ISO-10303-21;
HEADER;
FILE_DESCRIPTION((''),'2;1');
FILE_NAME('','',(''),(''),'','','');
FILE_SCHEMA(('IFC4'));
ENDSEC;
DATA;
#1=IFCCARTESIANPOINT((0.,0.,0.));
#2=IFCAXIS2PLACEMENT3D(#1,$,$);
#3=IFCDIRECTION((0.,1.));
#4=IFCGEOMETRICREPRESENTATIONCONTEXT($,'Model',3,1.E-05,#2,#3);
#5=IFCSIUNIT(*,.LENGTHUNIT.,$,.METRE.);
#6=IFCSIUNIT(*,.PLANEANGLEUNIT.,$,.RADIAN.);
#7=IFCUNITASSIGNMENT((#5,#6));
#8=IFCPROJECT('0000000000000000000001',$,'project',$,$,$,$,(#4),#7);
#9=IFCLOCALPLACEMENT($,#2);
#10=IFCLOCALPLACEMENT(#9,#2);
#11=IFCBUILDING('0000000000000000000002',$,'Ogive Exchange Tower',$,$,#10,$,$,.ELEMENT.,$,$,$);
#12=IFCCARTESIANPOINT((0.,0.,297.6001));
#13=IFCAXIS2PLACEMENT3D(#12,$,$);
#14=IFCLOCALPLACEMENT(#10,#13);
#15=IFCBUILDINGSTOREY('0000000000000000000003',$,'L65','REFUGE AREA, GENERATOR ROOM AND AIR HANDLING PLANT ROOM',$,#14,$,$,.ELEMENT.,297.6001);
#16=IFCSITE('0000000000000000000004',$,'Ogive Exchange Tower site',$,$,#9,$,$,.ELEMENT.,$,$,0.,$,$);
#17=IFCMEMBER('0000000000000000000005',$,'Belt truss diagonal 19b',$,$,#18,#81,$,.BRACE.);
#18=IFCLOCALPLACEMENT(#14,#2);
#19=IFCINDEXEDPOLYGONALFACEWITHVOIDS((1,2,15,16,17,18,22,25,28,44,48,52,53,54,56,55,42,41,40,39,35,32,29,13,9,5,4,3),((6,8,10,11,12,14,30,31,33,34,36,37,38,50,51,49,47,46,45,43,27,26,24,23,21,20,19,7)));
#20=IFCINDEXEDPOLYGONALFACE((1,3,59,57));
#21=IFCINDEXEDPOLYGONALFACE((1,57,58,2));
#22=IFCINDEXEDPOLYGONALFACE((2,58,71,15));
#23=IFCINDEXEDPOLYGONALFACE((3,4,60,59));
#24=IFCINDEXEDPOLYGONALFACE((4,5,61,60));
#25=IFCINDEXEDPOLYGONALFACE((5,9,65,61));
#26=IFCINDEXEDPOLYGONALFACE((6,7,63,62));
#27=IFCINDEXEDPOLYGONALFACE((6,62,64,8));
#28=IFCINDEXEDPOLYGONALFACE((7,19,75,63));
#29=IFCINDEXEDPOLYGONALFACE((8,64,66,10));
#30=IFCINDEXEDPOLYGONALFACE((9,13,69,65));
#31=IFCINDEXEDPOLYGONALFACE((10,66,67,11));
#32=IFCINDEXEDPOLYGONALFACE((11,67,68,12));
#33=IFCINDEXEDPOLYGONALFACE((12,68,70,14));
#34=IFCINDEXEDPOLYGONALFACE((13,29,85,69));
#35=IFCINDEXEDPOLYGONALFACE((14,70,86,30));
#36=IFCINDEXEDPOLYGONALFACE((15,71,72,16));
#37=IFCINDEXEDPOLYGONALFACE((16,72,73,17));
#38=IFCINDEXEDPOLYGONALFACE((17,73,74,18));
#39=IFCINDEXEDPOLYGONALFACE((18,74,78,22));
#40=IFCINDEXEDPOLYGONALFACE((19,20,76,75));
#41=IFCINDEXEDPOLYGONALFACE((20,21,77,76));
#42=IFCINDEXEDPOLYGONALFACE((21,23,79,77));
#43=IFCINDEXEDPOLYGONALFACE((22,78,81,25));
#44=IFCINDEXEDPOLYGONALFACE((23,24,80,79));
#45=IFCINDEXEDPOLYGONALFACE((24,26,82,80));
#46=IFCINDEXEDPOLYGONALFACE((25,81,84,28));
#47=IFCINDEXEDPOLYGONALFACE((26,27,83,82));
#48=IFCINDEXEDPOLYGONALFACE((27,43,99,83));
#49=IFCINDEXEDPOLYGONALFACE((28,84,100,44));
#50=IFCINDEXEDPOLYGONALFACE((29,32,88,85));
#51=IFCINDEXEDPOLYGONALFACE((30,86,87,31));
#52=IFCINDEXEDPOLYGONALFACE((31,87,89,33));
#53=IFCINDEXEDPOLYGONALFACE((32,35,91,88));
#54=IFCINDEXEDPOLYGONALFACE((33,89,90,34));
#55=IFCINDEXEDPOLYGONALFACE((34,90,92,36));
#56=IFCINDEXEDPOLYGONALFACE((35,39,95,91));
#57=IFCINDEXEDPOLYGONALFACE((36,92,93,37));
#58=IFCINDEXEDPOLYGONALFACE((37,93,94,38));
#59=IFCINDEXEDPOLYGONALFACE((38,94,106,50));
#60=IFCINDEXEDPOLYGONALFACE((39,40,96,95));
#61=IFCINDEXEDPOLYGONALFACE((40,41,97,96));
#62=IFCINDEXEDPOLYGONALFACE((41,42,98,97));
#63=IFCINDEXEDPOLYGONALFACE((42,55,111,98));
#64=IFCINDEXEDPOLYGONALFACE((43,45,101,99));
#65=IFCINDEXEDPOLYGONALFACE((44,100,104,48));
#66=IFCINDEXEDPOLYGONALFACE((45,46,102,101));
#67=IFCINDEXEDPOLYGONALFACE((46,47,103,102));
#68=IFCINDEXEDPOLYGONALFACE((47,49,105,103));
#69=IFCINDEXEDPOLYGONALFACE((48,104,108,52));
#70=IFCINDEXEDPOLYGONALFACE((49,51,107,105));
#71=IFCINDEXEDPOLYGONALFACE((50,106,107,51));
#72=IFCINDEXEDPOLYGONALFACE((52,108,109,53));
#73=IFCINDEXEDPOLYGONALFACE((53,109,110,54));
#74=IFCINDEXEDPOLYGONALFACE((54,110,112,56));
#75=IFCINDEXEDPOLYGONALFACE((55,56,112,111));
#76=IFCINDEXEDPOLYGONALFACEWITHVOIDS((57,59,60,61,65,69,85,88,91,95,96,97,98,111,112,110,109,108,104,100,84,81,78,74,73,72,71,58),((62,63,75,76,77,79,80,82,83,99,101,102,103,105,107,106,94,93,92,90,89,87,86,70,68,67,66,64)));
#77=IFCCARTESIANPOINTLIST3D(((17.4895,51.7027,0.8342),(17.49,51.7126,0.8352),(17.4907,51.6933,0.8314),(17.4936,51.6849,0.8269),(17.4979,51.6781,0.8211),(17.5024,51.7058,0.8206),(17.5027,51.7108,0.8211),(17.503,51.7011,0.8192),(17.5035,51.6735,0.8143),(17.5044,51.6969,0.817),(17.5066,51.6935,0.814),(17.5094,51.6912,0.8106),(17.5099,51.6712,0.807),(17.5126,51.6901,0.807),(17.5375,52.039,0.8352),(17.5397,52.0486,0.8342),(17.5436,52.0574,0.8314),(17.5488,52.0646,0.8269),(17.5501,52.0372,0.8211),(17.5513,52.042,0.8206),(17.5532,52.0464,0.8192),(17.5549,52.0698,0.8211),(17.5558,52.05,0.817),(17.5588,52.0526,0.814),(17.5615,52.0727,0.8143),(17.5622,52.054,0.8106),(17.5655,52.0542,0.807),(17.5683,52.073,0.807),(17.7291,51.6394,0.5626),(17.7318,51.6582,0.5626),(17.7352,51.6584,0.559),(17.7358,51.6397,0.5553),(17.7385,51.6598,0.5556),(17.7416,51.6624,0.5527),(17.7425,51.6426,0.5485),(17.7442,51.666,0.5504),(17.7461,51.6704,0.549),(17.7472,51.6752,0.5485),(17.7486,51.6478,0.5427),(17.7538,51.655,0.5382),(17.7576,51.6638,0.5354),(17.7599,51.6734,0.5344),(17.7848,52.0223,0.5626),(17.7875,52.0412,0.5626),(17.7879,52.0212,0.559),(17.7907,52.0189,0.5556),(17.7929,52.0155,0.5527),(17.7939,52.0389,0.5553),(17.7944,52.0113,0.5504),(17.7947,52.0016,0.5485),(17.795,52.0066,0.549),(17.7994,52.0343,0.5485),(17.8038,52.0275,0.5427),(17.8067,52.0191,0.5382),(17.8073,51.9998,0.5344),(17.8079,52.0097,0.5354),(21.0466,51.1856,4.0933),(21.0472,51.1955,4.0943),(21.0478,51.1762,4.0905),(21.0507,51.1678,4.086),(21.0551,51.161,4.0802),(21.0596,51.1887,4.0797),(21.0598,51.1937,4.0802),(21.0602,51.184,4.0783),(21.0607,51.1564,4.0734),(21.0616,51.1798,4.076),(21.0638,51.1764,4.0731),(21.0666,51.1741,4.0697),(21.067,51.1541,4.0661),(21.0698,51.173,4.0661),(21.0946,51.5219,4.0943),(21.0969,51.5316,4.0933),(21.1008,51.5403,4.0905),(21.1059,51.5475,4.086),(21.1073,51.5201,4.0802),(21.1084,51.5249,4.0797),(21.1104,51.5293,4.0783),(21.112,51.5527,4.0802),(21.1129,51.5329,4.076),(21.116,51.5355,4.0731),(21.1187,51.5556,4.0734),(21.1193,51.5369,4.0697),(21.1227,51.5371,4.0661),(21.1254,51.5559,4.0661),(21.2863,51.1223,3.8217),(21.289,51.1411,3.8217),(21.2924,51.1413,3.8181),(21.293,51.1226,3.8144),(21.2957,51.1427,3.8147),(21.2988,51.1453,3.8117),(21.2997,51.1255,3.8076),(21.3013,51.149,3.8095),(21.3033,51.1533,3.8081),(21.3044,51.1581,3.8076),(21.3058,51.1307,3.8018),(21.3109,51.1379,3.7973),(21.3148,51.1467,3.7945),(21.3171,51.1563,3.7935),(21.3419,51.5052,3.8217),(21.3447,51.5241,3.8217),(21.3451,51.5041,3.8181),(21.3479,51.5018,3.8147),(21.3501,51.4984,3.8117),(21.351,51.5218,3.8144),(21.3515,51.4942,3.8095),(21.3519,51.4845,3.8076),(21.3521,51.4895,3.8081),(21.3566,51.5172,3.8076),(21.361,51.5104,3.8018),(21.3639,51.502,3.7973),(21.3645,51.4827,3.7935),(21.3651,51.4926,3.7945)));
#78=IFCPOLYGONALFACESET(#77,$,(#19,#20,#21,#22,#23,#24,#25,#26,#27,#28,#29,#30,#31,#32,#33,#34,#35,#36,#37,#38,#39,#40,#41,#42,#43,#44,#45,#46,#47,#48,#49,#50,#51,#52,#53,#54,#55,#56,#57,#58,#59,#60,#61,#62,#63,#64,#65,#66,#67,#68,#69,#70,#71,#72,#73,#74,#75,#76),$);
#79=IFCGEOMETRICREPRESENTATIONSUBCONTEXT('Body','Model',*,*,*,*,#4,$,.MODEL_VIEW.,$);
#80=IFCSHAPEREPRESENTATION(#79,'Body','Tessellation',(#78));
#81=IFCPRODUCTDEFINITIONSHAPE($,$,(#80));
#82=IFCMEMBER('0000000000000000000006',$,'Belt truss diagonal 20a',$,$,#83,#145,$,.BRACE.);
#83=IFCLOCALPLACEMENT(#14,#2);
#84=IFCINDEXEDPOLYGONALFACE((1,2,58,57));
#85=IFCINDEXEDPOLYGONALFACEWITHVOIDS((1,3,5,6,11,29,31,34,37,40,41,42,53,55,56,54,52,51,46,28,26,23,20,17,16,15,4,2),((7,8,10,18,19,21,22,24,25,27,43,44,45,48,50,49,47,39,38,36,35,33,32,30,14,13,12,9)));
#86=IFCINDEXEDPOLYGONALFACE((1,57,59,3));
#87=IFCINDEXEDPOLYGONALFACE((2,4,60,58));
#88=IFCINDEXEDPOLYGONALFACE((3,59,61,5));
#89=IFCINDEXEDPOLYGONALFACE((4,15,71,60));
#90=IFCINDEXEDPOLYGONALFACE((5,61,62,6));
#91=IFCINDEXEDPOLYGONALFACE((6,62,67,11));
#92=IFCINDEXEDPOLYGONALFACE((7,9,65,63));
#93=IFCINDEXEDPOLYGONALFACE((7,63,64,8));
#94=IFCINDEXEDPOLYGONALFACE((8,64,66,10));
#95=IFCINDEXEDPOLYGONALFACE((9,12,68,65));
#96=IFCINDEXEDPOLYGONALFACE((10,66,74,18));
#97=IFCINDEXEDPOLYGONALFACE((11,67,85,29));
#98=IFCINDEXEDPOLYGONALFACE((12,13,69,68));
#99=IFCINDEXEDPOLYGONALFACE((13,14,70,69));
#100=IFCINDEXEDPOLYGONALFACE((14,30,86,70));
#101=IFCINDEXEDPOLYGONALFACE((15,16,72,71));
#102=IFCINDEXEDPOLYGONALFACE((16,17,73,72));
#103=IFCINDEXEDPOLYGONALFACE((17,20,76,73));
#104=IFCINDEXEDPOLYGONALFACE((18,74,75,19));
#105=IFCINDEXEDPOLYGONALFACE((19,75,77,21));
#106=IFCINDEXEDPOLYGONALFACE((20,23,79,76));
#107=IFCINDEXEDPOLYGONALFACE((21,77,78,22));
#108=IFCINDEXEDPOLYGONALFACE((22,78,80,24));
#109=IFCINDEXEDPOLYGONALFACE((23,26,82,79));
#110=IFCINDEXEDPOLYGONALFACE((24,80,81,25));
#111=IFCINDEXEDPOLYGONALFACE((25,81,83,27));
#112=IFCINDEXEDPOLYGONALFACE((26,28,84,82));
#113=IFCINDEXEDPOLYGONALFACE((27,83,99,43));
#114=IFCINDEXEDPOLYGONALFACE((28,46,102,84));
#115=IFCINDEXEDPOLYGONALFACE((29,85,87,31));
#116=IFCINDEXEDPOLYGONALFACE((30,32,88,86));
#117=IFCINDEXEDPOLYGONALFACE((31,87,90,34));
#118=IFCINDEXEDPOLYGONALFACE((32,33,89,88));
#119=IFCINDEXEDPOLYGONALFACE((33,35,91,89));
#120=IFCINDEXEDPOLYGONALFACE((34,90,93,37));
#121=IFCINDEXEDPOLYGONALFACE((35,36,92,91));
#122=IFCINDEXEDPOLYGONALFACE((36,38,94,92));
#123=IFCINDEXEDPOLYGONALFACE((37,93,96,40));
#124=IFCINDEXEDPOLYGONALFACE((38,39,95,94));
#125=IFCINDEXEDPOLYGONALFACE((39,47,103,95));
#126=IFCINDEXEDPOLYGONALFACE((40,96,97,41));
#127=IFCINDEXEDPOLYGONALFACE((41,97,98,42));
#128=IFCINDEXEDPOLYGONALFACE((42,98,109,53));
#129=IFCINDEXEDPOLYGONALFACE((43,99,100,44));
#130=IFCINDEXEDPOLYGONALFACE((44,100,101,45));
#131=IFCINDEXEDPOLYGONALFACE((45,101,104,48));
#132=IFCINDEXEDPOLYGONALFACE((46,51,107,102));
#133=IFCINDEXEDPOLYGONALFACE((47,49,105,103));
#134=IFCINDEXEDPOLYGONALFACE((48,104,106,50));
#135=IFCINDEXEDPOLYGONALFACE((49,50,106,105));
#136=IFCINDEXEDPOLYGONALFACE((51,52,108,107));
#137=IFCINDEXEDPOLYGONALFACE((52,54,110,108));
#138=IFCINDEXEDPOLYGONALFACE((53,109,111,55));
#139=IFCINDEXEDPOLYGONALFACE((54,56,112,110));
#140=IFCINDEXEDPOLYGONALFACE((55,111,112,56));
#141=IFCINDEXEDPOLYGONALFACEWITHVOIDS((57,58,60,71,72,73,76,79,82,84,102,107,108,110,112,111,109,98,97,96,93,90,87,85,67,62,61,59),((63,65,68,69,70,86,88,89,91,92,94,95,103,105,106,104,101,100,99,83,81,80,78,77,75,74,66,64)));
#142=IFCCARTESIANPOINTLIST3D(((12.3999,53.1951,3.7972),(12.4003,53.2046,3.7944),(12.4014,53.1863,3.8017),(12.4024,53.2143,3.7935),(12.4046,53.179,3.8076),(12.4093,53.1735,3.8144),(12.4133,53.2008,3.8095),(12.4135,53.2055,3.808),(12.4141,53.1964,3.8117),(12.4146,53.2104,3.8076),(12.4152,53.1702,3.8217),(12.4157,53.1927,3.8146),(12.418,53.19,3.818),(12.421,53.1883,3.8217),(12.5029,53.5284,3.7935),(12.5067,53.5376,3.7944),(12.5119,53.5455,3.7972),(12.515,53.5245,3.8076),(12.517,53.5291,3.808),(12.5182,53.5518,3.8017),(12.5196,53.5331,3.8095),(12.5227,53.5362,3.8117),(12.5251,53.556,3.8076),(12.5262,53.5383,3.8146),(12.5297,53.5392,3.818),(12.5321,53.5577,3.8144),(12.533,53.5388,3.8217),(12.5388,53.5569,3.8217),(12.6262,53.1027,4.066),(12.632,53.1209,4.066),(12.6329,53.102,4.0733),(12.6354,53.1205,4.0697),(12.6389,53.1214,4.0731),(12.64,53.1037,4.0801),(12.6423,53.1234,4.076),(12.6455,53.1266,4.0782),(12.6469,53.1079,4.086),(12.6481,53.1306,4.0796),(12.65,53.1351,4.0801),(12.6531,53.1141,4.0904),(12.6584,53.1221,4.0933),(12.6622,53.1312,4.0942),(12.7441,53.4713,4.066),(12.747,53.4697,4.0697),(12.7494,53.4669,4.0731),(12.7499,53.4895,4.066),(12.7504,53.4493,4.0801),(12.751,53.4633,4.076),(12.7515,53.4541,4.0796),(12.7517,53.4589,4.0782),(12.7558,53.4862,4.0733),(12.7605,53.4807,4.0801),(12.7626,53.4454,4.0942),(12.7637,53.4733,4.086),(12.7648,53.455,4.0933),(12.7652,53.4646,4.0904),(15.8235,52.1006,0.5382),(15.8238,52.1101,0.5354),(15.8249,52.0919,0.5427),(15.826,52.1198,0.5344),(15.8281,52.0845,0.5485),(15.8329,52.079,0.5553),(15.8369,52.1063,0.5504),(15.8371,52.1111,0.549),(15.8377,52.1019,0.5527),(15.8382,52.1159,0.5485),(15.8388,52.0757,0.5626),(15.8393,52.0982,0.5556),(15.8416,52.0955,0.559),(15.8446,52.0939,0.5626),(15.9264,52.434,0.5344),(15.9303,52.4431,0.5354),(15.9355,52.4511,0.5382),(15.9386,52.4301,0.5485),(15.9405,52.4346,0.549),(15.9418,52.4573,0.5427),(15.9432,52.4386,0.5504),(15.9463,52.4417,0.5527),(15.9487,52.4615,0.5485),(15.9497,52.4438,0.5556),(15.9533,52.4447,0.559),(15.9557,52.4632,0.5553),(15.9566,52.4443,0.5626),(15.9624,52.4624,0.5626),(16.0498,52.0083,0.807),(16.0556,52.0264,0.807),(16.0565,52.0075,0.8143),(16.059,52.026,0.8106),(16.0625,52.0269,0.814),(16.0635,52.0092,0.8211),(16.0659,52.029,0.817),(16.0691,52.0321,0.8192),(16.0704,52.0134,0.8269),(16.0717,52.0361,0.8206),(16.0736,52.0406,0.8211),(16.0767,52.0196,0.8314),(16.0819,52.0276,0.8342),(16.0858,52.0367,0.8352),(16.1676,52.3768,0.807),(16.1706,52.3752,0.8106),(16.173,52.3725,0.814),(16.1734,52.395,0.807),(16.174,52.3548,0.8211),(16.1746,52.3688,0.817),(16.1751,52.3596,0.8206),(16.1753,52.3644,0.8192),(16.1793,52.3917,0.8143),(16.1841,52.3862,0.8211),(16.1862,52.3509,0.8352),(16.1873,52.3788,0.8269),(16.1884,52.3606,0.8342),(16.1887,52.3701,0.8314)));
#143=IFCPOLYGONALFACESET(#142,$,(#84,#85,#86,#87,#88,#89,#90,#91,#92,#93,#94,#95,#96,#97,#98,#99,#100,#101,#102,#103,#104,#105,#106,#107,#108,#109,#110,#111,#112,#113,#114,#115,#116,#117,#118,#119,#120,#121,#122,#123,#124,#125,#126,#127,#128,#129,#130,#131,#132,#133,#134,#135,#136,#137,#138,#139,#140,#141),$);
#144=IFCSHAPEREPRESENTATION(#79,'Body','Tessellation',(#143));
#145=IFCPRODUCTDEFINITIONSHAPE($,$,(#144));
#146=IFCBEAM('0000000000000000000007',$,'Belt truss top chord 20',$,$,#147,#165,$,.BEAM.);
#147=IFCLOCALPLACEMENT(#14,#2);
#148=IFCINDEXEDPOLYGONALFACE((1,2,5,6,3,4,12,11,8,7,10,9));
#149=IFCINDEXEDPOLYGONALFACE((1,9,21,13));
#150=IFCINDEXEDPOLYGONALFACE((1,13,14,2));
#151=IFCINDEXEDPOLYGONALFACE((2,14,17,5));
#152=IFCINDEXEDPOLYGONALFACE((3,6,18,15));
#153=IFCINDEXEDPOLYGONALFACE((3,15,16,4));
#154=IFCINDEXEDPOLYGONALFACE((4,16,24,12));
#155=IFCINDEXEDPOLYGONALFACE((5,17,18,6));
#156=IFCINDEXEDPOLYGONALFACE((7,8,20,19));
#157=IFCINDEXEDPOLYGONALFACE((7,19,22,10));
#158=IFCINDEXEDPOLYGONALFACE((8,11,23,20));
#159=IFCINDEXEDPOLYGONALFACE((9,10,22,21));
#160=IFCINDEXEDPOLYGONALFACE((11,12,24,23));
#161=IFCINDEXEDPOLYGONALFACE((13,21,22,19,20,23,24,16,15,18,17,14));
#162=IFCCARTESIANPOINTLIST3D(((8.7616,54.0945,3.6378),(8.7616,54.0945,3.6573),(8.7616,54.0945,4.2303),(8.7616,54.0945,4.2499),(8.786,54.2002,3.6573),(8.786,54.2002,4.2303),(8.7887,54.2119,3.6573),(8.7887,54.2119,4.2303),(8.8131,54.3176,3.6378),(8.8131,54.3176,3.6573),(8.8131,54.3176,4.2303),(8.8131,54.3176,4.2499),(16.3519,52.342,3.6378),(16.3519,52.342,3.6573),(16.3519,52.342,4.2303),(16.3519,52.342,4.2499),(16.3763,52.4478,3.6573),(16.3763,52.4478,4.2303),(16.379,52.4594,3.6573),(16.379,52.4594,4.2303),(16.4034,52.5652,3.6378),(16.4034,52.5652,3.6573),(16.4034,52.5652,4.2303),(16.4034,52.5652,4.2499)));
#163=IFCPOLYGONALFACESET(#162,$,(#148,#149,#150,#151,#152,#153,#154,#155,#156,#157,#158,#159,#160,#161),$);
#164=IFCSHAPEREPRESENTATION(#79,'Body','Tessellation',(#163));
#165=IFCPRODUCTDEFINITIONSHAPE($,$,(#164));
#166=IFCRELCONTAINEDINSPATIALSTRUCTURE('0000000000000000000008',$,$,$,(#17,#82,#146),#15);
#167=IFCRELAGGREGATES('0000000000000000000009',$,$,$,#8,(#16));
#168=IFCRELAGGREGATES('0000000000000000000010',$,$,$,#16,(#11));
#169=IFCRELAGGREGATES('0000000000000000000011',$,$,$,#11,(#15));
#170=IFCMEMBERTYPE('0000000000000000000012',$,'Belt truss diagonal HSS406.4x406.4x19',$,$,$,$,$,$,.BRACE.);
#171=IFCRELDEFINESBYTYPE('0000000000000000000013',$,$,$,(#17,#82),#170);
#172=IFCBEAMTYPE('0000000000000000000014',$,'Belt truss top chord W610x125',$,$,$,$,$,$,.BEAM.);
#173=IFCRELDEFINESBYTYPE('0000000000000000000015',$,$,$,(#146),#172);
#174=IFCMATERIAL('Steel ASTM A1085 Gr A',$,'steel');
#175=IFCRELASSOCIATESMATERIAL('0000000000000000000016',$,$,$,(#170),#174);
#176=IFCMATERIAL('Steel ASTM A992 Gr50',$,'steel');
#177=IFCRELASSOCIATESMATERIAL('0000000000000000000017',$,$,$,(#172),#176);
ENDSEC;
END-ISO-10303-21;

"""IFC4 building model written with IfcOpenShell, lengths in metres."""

from ifc_helpers import new_model, si_unit, direction, frame, origin, origin_2d, place, context, subcontext, project, spatial, hollow_rectangle, i_section, extrude, material, material_profile, profile_set, type_object, element, save


model = new_model("IFC4")

# Units and contexts
model_context = context("Model", 3, precision=1e-05, world=origin(), true_north=direction((0.0, 1.0)))
body_context = subcontext(model_context, "Body", "Model", "MODEL_VIEW")
ifc_project = project(units=[si_unit("LENGTHUNIT", "METRE"), si_unit("PLANEANGLEUNIT", "RADIAN")], contexts=[model_context])

# Site, building, storey
site_placement = place(None, origin())
site = spatial("IfcSite", under=ifc_project, at=site_placement, Name="Ogive Exchange Tower site", CompositionType="ELEMENT", RefElevation=0.0)
building_placement = place(site_placement, origin())
building = spatial("IfcBuilding", under=site, at=building_placement, Name="Ogive Exchange Tower", CompositionType="ELEMENT")
storey_placement = place(building_placement, frame((0.0, 0.0, 297.6001)))
storey = spatial("IfcBuildingStorey", under=building, at=storey_placement, Name="L65", Description="REFUGE AREA, GENERATOR ROOM AND AIR HANDLING PLANT ROOM", CompositionType="ELEMENT", Elevation=297.6001)

# Shared definitions
ifc_material_1 = material(Name="Steel ASTM A992 Gr50", Category="steel")

# Members
ifc_material_2 = material(Name="Steel ASTM A1085 Gr A", Category="steel")
ifc_material_profile_1 = material_profile(ifc_material_2, hollow_rectangle(XDim=0.406, YDim=0.406, WallThickness=0.019, InnerFilletRadius=0.019, OuterFilletRadius=0.0381, at=origin_2d()), Name="HSS406.4x406.4x19")
ifc_profile_set_1 = profile_set([ifc_material_profile_1], Name="Steel ASTM A1085 Gr A")
member_type_1 = type_object("IfcMemberType", Name="Belt truss diagonal HSS406.4x406.4x19", PredefinedType="BRACE", material=ifc_profile_set_1)
member_1_placement = place(storey_placement, frame((17.6487, 51.8562, 0.6848), z_axis=(0.733127, -0.106573, 0.671689), x_axis=(0.143855, 0.989599, 0.0)))
element("IfcMember", 1, at=member_1_placement, inside=storey, type_object=member_type_1, Name="Belt truss diagonal 19b", PredefinedType="BRACE", context=body_context, shape_type="SweptSolid", body=[
    extrude(hollow_rectangle(XDim=0.406, YDim=0.406, WallThickness=0.019, InnerFilletRadius=0.019, OuterFilletRadius=0.0381, at=origin_2d()), origin(), (0.0, 0.0, 1.0), 4.8521),
])
member_2_placement = place(storey_placement, frame((16.0061, 52.2354, 0.6848), z_axis=(-0.705629, 0.225582, 0.671714), x_axis=(-0.304507, -0.95251, 0.0)))
element("IfcMember", 2, at=member_2_placement, inside=storey, type_object=member_type_1, Name="Belt truss diagonal 20a", PredefinedType="BRACE", context=body_context, shape_type="SweptSolid", body=[
    extrude(hollow_rectangle(XDim=0.406, YDim=0.406, WallThickness=0.019, InnerFilletRadius=0.019, OuterFilletRadius=0.0381, at=origin_2d()), origin(), (0.0, 0.0, 1.0), 4.8518),
])

# Beam
ifc_material_profile_2 = material_profile(ifc_material_1, i_section(OverallWidth=0.229, OverallDepth=0.6121, WebThickness=0.012, FlangeThickness=0.0195, at=origin_2d()), Name="W610x125")
ifc_profile_set_2 = profile_set([ifc_material_profile_2], Name="Steel ASTM A992 Gr50")
beam_type_1 = type_object("IfcBeamType", Name="Belt truss top chord W610x125", PredefinedType="BEAM", material=ifc_profile_set_2)
beam_1_placement = place(storey_placement, frame((16.3777, 52.4536, 3.9438), z_axis=(-0.974368, 0.22496, 0.0), x_axis=(-0.22496, -0.974368, 0.0)))
element("IfcBeam", 3, at=beam_1_placement, inside=storey, type_object=beam_type_1, Name="Belt truss top chord 20", PredefinedType="BEAM", context=body_context, shape_type="SweptSolid", body=[
    extrude(i_section(OverallWidth=0.229, OverallDepth=0.6121, WebThickness=0.012, FlangeThickness=0.0195, at=origin_2d()), origin(), (0.0, 0.0, 1.0), 7.79),
])

save(model, "model.ifc")
